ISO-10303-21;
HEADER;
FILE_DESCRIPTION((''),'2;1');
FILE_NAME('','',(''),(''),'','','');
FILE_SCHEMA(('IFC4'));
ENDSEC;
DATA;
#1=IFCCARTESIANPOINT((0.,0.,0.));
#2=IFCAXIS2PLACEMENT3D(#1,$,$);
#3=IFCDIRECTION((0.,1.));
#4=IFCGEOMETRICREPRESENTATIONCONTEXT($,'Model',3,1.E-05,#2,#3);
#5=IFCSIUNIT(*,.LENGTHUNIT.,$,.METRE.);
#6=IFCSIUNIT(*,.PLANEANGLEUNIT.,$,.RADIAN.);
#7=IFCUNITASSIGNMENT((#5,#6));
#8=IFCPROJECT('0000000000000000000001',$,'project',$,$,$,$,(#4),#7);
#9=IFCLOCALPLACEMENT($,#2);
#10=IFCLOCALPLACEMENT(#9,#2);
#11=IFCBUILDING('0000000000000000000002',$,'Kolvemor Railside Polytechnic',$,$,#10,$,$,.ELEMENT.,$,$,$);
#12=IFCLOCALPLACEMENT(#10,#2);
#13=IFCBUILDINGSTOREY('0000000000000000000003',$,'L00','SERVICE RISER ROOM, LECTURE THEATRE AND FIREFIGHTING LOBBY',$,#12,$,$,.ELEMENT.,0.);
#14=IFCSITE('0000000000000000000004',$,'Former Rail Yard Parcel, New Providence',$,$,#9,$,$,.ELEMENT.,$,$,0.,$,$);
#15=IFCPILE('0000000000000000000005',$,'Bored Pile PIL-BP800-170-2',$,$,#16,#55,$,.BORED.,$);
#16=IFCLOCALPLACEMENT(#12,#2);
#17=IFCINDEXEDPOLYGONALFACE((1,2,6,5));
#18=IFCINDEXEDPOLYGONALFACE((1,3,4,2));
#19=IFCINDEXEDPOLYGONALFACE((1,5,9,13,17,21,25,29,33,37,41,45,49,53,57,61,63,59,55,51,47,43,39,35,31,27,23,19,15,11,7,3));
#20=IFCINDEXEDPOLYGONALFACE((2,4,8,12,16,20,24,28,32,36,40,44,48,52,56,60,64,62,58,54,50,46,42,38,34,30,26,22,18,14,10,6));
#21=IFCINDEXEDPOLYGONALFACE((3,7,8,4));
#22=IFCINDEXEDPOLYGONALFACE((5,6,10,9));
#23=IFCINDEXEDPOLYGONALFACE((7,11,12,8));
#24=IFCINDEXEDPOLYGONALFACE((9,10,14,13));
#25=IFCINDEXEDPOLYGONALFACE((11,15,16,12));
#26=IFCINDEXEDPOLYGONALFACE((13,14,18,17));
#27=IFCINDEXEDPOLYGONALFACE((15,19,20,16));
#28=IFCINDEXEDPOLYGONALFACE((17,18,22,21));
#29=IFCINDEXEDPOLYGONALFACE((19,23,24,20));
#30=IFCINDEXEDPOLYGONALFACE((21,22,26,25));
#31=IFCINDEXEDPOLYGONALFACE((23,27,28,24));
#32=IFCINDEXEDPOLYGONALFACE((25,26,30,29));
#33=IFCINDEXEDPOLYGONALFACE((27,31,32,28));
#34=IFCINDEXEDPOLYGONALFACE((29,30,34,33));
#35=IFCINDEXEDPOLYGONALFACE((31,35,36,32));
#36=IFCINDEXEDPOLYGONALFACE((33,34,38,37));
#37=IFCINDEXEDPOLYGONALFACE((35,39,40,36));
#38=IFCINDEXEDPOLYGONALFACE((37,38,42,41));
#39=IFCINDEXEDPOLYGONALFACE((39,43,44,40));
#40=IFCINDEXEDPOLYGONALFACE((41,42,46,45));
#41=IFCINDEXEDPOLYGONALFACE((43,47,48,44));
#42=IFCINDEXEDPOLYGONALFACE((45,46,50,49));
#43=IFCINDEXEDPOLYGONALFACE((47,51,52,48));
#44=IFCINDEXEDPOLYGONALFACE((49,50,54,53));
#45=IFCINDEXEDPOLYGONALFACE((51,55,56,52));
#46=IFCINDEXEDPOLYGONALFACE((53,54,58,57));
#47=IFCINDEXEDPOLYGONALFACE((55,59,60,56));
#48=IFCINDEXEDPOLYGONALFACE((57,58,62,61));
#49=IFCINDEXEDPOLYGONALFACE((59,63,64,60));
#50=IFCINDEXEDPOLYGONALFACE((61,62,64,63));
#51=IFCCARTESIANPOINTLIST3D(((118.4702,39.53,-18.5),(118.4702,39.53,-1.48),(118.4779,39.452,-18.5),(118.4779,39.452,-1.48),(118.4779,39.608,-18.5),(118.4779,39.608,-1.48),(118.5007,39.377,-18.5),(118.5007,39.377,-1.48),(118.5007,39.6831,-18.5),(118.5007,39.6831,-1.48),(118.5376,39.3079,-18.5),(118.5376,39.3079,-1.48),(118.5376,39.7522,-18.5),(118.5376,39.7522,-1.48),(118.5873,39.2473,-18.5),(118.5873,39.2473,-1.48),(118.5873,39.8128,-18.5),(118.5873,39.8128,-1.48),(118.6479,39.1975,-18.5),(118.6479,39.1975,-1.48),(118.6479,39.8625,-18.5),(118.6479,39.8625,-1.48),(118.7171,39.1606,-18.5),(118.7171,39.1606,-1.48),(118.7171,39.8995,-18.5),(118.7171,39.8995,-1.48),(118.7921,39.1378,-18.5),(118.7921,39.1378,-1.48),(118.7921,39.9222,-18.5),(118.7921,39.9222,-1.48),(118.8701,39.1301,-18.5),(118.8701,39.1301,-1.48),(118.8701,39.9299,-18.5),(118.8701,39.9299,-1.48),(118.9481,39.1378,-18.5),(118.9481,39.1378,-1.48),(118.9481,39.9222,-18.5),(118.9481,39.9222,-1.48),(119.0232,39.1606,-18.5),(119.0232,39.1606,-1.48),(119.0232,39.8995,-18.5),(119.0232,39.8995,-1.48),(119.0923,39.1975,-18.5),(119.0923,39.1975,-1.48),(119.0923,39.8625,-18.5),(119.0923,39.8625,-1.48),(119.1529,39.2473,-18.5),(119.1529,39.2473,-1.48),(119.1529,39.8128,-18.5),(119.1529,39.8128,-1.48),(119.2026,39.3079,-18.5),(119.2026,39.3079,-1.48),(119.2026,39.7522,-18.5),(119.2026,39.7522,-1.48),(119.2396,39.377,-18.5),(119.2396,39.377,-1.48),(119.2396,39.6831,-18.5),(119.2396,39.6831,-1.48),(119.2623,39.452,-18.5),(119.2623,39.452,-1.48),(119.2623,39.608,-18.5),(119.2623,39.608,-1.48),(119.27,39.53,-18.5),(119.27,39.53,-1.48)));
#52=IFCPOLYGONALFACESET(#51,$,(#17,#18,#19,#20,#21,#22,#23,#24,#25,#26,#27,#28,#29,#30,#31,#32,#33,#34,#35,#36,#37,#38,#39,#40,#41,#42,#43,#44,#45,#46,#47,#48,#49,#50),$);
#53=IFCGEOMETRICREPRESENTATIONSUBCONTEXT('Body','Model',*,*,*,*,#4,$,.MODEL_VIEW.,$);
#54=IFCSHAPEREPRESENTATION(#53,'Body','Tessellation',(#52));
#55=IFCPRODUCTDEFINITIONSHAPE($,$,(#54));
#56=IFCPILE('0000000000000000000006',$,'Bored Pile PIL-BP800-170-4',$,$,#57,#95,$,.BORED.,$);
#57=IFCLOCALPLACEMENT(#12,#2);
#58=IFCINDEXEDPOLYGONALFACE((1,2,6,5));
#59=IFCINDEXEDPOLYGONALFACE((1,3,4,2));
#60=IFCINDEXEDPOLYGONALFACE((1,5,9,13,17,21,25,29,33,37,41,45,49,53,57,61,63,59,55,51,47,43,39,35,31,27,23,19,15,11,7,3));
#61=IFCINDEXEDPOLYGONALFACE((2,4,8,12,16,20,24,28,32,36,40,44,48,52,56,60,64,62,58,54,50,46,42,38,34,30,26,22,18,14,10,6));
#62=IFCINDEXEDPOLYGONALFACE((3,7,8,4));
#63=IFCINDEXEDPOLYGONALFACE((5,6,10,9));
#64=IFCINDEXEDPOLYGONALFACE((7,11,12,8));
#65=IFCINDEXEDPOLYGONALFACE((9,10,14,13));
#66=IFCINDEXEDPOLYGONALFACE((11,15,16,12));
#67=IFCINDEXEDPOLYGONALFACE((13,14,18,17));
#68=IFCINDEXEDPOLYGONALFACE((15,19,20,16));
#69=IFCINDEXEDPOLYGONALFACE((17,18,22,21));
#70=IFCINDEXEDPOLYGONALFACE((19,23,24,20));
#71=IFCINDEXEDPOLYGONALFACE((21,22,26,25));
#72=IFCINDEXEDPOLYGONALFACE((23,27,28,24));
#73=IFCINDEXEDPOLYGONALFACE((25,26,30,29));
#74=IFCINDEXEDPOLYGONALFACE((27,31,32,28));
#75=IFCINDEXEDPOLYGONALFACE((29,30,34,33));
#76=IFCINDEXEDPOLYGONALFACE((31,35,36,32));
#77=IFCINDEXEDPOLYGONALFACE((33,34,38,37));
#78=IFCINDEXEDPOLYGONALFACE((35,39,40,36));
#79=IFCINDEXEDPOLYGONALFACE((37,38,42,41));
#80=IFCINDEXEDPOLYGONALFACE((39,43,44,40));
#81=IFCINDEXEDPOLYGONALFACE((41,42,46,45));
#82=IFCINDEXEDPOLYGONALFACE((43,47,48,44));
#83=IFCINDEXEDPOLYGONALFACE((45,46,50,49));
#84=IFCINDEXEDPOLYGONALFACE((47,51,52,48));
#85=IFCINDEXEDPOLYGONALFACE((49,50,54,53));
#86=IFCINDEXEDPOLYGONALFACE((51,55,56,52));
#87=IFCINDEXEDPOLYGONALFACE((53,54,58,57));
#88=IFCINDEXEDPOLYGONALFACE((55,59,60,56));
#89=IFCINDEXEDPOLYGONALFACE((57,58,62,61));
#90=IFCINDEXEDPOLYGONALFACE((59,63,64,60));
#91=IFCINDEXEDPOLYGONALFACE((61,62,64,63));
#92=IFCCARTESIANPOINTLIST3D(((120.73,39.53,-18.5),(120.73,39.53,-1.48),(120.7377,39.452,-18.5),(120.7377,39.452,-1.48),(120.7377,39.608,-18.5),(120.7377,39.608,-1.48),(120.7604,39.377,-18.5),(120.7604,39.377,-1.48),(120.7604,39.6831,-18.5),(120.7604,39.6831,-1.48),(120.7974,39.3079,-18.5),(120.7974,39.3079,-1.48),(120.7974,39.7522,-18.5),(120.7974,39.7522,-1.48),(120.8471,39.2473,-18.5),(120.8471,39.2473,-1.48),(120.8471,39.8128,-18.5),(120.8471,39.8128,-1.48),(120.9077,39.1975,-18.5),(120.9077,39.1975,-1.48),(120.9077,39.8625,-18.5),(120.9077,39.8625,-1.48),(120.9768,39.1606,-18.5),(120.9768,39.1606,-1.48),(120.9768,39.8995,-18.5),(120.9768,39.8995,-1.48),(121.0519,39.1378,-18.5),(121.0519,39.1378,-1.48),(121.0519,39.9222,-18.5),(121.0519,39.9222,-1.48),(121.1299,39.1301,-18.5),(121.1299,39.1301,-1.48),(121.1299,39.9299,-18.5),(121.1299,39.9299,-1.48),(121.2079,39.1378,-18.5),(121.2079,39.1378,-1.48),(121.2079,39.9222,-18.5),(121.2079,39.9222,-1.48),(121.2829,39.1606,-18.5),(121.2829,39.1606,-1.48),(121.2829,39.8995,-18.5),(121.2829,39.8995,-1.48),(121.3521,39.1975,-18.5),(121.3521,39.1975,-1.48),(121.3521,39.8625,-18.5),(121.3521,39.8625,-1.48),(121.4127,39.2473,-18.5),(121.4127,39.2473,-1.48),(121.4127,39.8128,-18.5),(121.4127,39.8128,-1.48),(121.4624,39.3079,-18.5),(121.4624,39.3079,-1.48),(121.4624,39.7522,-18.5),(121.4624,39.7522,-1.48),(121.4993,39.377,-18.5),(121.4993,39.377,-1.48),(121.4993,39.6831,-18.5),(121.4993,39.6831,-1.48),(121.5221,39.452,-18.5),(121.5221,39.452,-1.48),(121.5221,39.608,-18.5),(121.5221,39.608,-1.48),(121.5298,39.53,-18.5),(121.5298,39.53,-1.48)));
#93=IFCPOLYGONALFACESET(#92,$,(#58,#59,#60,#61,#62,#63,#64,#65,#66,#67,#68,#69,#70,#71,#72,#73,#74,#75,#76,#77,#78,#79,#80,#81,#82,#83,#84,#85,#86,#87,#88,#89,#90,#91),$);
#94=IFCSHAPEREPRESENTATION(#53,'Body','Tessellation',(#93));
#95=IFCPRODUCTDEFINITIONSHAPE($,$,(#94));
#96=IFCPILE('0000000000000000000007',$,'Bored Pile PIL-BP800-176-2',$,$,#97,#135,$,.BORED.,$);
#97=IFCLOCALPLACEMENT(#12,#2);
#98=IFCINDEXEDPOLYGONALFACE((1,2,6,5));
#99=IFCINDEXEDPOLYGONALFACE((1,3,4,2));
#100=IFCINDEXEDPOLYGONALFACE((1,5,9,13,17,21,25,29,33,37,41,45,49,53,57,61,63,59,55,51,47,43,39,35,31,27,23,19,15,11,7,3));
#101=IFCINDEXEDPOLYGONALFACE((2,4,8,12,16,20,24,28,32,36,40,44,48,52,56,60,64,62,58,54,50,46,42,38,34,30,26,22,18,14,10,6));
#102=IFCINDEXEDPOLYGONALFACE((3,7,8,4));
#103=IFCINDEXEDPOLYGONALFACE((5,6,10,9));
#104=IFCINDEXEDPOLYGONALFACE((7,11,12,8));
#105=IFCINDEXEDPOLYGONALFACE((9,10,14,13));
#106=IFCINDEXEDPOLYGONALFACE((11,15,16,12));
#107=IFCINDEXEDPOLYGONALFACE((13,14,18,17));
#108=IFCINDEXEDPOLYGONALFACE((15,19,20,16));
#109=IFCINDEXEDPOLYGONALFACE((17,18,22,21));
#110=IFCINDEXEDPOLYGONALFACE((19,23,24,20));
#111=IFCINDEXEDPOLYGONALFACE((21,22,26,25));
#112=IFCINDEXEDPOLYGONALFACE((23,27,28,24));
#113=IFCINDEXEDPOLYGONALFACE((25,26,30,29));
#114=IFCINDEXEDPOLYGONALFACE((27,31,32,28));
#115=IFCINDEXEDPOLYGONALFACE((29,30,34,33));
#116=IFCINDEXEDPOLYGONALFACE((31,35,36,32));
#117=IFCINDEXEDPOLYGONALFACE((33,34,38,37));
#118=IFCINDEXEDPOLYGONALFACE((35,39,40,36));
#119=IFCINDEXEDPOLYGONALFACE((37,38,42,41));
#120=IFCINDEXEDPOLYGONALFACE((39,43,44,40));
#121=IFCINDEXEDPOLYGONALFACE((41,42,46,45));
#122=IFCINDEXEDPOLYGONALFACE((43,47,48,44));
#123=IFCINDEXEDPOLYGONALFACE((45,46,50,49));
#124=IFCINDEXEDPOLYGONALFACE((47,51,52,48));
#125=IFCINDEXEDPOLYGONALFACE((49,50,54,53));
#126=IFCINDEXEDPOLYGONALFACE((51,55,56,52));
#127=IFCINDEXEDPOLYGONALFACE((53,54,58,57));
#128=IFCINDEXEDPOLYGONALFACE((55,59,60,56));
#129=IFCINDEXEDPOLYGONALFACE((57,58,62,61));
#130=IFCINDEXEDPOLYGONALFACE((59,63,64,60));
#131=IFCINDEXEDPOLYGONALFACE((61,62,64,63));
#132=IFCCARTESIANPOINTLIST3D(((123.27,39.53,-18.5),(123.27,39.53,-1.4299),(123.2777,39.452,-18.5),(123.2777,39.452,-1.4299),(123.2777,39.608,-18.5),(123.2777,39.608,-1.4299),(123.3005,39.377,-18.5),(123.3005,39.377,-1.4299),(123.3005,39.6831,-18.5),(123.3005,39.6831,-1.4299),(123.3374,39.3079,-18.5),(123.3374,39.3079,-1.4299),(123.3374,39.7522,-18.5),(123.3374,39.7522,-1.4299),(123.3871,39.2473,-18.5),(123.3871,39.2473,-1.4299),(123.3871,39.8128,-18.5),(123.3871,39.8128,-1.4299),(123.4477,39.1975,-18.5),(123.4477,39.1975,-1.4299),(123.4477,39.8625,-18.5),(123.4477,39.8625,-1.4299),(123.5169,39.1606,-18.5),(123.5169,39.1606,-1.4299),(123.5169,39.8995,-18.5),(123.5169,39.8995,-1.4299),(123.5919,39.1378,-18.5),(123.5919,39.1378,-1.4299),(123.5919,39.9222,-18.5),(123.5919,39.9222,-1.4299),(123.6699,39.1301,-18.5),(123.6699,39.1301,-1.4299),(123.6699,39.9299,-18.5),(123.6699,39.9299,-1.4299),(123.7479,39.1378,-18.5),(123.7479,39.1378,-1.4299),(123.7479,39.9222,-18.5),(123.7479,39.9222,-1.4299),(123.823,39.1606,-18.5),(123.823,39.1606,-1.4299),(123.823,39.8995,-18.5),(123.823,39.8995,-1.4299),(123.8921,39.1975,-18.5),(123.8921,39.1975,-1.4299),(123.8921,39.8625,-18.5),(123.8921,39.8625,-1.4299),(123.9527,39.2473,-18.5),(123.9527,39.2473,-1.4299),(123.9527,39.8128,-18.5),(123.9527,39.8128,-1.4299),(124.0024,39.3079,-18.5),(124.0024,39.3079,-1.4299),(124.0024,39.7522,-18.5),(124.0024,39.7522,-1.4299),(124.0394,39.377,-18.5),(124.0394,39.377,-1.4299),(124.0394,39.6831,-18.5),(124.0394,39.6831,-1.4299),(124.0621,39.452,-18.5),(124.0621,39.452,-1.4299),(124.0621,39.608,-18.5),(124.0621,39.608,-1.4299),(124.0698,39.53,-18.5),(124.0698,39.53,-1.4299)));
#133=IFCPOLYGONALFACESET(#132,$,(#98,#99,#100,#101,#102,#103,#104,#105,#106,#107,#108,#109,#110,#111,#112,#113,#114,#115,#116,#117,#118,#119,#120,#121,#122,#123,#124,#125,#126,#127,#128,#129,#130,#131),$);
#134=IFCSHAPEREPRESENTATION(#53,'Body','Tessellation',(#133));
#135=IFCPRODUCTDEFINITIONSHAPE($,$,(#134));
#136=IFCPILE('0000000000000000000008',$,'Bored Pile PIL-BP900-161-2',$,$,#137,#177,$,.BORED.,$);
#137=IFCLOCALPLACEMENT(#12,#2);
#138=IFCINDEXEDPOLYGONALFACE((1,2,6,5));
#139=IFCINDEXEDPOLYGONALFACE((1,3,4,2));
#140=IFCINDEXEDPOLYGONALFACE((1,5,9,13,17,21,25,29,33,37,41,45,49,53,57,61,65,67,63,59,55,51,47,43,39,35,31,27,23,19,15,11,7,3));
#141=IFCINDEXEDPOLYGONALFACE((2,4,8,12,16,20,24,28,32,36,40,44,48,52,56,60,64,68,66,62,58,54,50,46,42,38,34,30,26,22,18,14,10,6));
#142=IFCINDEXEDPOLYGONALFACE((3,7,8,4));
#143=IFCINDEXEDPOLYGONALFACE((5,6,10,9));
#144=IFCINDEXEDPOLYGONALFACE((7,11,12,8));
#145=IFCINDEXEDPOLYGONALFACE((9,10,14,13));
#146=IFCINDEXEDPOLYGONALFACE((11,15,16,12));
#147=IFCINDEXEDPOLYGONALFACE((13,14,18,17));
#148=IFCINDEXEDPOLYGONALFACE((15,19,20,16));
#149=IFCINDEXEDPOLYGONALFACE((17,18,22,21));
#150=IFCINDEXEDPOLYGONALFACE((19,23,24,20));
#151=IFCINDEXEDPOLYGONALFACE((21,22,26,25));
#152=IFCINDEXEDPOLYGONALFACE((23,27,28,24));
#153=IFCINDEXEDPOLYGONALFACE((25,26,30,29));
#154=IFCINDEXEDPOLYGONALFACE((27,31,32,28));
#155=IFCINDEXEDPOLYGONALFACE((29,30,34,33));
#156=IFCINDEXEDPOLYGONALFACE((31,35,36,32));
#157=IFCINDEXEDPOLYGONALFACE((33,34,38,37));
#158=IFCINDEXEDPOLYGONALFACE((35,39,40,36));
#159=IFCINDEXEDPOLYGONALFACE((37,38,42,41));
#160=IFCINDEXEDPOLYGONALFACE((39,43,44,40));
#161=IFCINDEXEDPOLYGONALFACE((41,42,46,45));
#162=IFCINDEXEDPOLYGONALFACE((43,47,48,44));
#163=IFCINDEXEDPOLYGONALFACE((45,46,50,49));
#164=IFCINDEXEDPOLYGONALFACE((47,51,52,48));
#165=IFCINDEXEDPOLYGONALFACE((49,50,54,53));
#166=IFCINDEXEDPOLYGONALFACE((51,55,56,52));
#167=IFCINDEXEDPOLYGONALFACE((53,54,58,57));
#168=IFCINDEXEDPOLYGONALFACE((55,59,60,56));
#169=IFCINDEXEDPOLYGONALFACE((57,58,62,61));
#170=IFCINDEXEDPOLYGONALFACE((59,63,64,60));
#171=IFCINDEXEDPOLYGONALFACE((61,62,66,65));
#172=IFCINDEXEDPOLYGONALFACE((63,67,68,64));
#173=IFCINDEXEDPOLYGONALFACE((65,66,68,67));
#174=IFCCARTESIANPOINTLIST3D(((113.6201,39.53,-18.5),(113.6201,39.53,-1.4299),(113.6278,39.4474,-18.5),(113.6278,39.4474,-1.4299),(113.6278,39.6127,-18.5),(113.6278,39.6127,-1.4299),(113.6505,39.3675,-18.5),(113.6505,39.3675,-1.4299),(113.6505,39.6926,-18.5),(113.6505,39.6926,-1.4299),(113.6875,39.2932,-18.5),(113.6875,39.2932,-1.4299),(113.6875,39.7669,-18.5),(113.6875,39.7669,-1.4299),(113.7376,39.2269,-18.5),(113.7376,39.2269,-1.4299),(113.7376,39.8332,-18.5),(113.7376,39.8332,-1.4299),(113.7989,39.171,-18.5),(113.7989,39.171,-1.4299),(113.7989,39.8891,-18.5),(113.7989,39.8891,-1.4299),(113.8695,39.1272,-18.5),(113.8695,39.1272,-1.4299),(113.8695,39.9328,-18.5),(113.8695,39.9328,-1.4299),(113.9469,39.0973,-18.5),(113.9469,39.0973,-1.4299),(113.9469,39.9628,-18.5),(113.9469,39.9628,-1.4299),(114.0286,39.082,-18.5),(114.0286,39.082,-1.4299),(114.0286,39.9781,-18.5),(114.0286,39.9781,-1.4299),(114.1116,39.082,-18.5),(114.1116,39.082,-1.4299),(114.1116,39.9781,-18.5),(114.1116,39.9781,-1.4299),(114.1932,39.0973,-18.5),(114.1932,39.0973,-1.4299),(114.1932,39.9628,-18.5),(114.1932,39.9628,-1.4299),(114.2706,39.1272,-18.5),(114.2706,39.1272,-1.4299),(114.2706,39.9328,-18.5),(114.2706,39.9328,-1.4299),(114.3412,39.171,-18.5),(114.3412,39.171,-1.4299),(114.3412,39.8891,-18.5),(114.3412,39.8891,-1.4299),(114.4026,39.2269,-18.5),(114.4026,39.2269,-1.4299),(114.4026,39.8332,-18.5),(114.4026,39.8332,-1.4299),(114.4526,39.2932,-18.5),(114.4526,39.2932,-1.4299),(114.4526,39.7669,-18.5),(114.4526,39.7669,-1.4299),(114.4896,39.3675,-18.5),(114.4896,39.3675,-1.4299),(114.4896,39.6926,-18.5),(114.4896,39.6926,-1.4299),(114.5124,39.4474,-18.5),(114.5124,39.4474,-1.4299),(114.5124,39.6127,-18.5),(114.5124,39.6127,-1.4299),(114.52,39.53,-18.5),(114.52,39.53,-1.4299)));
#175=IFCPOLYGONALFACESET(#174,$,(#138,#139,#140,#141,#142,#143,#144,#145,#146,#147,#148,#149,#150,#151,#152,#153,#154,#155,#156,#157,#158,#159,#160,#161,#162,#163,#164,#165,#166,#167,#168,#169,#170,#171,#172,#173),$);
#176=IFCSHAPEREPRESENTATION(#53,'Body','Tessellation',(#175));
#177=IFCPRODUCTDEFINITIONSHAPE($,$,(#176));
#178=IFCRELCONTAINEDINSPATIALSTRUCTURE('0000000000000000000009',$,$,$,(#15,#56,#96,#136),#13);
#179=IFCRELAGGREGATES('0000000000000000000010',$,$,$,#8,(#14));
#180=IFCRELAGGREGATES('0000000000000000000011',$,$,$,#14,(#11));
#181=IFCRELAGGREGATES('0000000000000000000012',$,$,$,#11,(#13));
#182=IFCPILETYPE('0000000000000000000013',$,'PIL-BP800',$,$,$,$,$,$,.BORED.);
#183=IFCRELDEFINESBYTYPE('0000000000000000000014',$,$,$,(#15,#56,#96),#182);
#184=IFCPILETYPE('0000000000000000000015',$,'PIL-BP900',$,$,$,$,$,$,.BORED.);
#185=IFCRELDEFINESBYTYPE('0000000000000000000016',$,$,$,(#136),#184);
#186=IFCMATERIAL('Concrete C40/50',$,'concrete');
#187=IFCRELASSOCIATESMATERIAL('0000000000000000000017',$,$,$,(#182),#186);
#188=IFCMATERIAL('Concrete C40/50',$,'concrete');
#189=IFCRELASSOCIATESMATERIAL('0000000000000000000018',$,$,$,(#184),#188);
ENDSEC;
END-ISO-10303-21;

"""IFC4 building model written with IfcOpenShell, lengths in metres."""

from ifc_helpers import new_model, si_unit, direction, frame, origin, origin_2d, place, context, subcontext, project, spatial, circle, extrude, material, material_profile, profile_set, type_object, element, save


model = new_model("IFC4")

# Units and contexts
model_context = context("Model", 3, precision=1e-05, world=origin(), true_north=direction((0.0, 1.0)))
body_context = subcontext(model_context, "Body", "Model", "MODEL_VIEW")
ifc_project = project(units=[si_unit("LENGTHUNIT", "METRE"), si_unit("PLANEANGLEUNIT", "RADIAN")], contexts=[model_context])

# Site, building, storey
site_placement = place(None, origin())
site = spatial("IfcSite", under=ifc_project, at=site_placement, Name="Former Rail Yard Parcel, New Providence", CompositionType="ELEMENT", RefElevation=0.0)
building_placement = place(site_placement, origin())
building = spatial("IfcBuilding", under=site, at=building_placement, Name="Kolvemor Railside Polytechnic", CompositionType="ELEMENT")
storey_placement = place(building_placement, origin())
storey = spatial("IfcBuildingStorey", under=building, at=storey_placement, Name="L00", Description="SERVICE RISER ROOM, LECTURE THEATRE AND FIREFIGHTING LOBBY", CompositionType="ELEMENT", Elevation=0.0)

# Piles
ifc_material_1 = material(Name="Concrete C40/50", Category="concrete")
ifc_material_profile_1 = material_profile(ifc_material_1, circle(Radius=0.3999, at=origin_2d()), Name="BP800")
ifc_profile_set_1 = profile_set([ifc_material_profile_1], Name="Concrete C40/50")
pile_type_1 = type_object("IfcPileType", Name="PIL-BP800", PredefinedType="BORED", material=ifc_profile_set_1)
for number, where, z_axis, x_axis, name in (
    (1, (118.8701, 39.53, -1.48), (0.0, 0.0, -1.0), (1.0, 0.0, 0.0), "Bored Pile PIL-BP800-170-2"),
    (2, (121.1299, 39.53, -1.48), (0.0, 0.0, -1.0), (1.0, 0.0, 0.0), "Bored Pile PIL-BP800-170-4"),
):
    element("IfcPile", number, at=place(storey_placement, frame(where, z_axis=z_axis, x_axis=x_axis)), inside=storey, type_object=pile_type_1, Name=name, PredefinedType="BORED", context=body_context, shape_type="SweptSolid", body=[
        extrude(circle(Radius=0.3999, at=origin_2d()), origin(), (0.0, 0.0, 1.0), 17.02),
    ])
pile_placement = place(storey_placement, frame((123.6699, 39.53, -1.4299), z_axis=(0.0, 0.0, -1.0), x_axis=(1.0, 0.0, 0.0)))
element("IfcPile", 3, at=pile_placement, inside=storey, type_object=pile_type_1, Name="Bored Pile PIL-BP800-176-2", PredefinedType="BORED", context=body_context, shape_type="SweptSolid", body=[
    extrude(circle(Radius=0.3999, at=origin_2d()), origin(), (0.0, 0.0, 1.0), 17.0701),
])
ifc_material_2 = material(Name="Concrete C40/50", Category="concrete")
ifc_material_profile_2 = material_profile(ifc_material_2, circle(Radius=0.45, at=origin_2d()), Name="BP900")
ifc_profile_set_2 = profile_set([ifc_material_profile_2], Name="Concrete C40/50")
pile_type_2 = type_object("IfcPileType", Name="PIL-BP900", PredefinedType="BORED", material=ifc_profile_set_2)
for number, where, z_axis, x_axis, name in (
    (4, (114.0701, 39.53, -1.4299), (0.0, 0.0, -1.0), (1.0, 0.0, 0.0), "Bored Pile PIL-BP900-161-2"),
):
    element("IfcPile", number, at=place(storey_placement, frame(where, z_axis=z_axis, x_axis=x_axis)), inside=storey, type_object=pile_type_2, Name=name, PredefinedType="BORED", context=body_context, shape_type="SweptSolid", body=[
        extrude(circle(Radius=0.45, at=origin_2d()), origin(), (0.0, 0.0, 1.0), 17.0701),
    ])

save(model, "model.ifc")
